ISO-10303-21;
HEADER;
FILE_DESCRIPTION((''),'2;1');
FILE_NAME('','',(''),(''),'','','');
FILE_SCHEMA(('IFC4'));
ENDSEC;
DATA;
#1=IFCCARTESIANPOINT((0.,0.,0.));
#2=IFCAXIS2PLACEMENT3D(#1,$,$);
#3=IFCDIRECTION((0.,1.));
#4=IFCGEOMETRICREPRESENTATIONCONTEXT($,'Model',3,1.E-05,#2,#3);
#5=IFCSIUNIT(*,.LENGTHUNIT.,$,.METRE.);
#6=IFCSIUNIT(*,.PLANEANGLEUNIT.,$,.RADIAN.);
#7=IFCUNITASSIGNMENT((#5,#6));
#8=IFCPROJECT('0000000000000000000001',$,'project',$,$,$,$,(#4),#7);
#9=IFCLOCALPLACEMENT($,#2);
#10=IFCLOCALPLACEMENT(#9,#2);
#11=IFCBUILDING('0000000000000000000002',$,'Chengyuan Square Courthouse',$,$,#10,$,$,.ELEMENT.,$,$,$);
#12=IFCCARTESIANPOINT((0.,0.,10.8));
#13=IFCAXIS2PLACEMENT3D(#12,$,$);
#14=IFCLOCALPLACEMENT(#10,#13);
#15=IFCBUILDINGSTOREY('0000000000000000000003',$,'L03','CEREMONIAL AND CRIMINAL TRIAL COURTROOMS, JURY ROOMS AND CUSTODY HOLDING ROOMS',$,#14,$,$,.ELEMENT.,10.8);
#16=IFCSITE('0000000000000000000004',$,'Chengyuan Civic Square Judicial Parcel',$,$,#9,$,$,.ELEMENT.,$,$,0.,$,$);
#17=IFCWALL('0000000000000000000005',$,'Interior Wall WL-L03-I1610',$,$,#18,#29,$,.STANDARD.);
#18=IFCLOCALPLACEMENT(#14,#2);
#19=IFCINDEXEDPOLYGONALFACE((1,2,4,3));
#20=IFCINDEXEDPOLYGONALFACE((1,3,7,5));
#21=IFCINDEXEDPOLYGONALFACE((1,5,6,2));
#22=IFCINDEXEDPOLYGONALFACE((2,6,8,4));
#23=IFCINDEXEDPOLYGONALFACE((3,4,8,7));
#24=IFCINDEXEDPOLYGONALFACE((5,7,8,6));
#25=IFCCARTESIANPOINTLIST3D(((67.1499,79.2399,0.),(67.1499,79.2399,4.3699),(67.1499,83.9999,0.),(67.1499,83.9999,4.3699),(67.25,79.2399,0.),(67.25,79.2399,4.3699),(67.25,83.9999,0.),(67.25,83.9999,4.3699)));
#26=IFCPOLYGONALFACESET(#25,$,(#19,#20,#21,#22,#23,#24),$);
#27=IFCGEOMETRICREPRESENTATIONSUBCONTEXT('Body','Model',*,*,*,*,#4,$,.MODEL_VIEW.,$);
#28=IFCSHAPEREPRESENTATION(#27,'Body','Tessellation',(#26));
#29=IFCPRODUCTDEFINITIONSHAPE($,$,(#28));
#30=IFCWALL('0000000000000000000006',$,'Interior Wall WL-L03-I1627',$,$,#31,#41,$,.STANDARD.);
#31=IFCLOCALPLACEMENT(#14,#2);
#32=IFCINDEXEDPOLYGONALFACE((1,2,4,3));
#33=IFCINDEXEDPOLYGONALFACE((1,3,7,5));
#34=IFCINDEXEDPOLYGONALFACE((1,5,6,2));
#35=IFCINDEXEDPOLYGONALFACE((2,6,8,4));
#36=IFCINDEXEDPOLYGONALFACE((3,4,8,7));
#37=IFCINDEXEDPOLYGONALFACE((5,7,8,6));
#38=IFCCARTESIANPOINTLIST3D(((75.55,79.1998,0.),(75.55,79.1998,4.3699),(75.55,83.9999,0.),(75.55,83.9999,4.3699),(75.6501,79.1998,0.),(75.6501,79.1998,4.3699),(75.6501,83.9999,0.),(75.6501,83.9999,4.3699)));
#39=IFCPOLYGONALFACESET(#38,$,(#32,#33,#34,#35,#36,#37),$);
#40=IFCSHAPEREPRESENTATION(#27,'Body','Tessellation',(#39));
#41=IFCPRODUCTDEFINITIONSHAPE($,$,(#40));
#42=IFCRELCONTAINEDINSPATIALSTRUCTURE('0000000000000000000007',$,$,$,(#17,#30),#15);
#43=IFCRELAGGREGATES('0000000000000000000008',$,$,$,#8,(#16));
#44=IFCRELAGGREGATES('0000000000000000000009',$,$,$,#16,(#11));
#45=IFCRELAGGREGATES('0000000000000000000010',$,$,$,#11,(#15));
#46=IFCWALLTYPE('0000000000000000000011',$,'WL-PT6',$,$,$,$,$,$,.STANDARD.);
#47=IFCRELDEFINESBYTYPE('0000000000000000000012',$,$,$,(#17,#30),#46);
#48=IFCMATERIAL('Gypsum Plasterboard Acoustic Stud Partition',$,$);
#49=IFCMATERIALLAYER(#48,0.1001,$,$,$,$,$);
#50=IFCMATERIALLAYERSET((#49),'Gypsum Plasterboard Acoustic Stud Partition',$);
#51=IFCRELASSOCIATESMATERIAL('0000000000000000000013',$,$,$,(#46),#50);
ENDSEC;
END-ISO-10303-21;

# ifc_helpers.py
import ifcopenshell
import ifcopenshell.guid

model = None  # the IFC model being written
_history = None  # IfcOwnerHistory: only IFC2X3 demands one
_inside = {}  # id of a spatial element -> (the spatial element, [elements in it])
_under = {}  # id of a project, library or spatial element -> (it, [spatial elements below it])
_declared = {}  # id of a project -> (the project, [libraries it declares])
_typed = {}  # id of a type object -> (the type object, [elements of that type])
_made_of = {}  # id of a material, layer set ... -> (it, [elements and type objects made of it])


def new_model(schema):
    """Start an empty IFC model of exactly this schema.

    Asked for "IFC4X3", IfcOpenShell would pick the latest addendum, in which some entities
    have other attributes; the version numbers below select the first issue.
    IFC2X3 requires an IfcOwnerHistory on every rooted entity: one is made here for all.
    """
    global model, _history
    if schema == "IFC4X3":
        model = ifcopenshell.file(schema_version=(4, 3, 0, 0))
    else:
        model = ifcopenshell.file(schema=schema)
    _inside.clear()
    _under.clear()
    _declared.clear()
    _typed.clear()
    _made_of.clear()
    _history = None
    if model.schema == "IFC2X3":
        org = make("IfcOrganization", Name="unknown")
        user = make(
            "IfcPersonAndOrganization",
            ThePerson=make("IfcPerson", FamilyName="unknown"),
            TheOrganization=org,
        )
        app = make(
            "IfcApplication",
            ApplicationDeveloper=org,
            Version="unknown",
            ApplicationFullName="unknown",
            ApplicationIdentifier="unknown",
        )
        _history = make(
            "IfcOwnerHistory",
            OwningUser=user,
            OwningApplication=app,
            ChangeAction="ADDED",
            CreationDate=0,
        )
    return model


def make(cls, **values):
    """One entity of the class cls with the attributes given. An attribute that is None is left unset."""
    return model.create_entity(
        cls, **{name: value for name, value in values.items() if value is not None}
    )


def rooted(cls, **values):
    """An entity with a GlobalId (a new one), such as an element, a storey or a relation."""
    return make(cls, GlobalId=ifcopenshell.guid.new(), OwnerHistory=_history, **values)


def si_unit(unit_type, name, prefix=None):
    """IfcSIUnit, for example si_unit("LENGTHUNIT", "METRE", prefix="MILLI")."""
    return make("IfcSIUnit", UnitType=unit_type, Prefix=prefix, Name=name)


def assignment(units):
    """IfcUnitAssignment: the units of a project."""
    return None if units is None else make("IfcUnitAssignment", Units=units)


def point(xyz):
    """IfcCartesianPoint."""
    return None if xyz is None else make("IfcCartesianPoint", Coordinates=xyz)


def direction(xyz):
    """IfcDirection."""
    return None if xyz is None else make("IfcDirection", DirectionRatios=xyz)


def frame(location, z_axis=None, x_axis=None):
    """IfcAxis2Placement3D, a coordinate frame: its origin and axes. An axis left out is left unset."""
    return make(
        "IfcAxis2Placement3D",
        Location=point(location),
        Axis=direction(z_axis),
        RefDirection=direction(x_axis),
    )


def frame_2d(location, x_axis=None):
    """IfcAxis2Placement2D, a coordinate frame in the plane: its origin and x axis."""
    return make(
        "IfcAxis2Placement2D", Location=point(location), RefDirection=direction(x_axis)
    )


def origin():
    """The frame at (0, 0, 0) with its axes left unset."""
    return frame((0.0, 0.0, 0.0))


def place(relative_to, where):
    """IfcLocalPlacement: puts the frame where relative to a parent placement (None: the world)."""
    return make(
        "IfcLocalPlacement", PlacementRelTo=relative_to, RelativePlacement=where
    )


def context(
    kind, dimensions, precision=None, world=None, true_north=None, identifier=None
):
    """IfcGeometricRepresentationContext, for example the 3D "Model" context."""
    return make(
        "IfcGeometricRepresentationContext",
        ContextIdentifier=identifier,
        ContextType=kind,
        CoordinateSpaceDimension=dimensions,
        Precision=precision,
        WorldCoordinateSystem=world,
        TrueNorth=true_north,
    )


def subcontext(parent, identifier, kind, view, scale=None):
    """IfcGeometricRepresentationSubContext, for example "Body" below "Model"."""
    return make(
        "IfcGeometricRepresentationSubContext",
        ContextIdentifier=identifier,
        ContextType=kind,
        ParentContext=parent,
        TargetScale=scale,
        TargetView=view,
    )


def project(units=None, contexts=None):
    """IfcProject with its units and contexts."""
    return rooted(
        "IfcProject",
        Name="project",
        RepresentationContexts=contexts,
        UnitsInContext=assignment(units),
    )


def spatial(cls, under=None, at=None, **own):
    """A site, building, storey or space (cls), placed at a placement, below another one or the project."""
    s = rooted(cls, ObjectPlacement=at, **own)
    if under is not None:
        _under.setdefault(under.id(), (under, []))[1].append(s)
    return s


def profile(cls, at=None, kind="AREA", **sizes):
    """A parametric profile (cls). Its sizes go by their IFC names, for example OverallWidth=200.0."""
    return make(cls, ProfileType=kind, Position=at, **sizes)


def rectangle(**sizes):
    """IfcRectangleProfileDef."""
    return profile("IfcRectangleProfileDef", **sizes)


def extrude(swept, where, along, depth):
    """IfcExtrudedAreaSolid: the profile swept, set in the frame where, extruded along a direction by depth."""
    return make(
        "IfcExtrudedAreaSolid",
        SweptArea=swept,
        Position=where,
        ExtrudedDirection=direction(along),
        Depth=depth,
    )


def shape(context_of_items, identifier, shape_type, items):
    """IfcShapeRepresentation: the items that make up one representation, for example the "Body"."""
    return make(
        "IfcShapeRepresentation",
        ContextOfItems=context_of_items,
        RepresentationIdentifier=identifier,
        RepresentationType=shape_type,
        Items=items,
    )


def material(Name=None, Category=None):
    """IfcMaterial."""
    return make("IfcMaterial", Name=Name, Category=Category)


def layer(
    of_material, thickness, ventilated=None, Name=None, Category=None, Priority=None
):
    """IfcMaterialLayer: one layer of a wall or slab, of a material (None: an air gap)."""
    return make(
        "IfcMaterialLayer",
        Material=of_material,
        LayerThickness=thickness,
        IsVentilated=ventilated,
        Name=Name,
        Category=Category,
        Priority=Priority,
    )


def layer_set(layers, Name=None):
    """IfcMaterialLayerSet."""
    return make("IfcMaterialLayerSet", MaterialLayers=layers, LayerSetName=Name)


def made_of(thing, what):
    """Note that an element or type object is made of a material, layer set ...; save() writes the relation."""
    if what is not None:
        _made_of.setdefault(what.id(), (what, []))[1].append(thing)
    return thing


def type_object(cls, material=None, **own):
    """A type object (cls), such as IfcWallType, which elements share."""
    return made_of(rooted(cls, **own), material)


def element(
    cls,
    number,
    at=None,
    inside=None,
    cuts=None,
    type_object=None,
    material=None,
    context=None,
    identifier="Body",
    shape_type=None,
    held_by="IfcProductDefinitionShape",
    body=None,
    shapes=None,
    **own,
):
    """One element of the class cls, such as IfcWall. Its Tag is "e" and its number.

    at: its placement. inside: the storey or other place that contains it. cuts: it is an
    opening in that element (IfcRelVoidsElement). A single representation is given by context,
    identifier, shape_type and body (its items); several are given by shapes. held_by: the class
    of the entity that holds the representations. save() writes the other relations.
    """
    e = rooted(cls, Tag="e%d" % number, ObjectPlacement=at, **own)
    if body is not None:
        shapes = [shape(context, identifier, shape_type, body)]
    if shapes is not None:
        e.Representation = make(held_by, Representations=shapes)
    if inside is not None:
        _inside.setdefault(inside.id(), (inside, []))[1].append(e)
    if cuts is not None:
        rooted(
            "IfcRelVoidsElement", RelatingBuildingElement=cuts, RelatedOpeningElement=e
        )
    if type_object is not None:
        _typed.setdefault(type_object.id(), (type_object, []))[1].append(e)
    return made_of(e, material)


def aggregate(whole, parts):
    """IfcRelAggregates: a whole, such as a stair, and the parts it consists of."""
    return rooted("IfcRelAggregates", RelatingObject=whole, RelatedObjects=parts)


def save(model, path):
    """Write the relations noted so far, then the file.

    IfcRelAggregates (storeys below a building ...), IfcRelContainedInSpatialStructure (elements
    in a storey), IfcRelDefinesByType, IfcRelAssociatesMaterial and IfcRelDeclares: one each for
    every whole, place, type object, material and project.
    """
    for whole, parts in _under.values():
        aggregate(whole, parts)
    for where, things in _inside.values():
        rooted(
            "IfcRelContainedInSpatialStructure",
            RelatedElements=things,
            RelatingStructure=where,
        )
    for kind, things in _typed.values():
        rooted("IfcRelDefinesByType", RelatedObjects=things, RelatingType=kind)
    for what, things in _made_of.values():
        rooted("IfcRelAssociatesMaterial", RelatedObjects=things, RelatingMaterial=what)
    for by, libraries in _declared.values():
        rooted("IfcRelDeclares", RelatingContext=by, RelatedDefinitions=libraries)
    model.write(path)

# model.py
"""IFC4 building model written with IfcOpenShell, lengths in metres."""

from ifc_helpers import new_model, si_unit, direction, frame, frame_2d, origin, place, context, subcontext, project, spatial, rectangle, extrude, material, layer, layer_set, type_object, element, save


model = new_model("IFC4")

# Units and contexts
model_context = context("Model", 3, precision=1e-05, world=origin(), true_north=direction((0.0, 1.0)))
body_context = subcontext(model_context, "Body", "Model", "MODEL_VIEW")
ifc_project = project(units=[si_unit("LENGTHUNIT", "METRE"), si_unit("PLANEANGLEUNIT", "RADIAN")], contexts=[model_context])

# Site, building, storey
site_placement = place(None, origin())
site = spatial("IfcSite", under=ifc_project, at=site_placement, Name="Chengyuan Civic Square Judicial Parcel", CompositionType="ELEMENT", RefElevation=0.0)
building_placement = place(site_placement, origin())
building = spatial("IfcBuilding", under=site, at=building_placement, Name="Chengyuan Square Courthouse", CompositionType="ELEMENT")
storey_placement = place(building_placement, frame((0.0, 0.0, 10.8)))
storey = spatial("IfcBuildingStorey", under=building, at=storey_placement, Name="L03", Description="CEREMONIAL AND CRIMINAL TRIAL COURTROOMS, JURY ROOMS AND CUSTODY HOLDING ROOMS", CompositionType="ELEMENT", Elevation=10.8)

# Walls
ifc_material_1 = material(Name="Gypsum Plasterboard Acoustic Stud Partition")
ifc_layer_1 = layer(ifc_material_1, 0.1001)
ifc_layer_set_1 = layer_set([ifc_layer_1], Name="Gypsum Plasterboard Acoustic Stud Partition")
wall_type = type_object("IfcWallType", Name="WL-PT6", PredefinedType="STANDARD", material=ifc_layer_set_1)
wall_1_placement = place(storey_placement, frame((67.2, 79.24, 0.0), z_axis=(0.0, 0.0, 1.0), x_axis=(0.0, 1.0, 0.0)))
element("IfcWall", 1, at=wall_1_placement, inside=storey, type_object=wall_type, Name="Interior Wall WL-L03-I1610", PredefinedType="STANDARD", context=body_context, shape_type="SweptSolid", body=[
    extrude(rectangle(XDim=4.76, YDim=0.1001, at=frame_2d((2.3799, 0.0))), origin(), (0.0, 0.0, 1.0), 4.3699),
])
wall_2_placement = place(storey_placement, frame((75.6001, 79.2, 0.0), z_axis=(0.0, 0.0, 1.0), x_axis=(0.0, 1.0, 0.0)))
element("IfcWall", 2, at=wall_2_placement, inside=storey, type_object=wall_type, Name="Interior Wall WL-L03-I1627", PredefinedType="STANDARD", context=body_context, shape_type="SweptSolid", body=[
    extrude(rectangle(XDim=4.8, YDim=0.1001, at=frame_2d((2.3999, 0.0))), origin(), (0.0, 0.0, 1.0), 4.3699),
])

save(model, "model.ifc")
